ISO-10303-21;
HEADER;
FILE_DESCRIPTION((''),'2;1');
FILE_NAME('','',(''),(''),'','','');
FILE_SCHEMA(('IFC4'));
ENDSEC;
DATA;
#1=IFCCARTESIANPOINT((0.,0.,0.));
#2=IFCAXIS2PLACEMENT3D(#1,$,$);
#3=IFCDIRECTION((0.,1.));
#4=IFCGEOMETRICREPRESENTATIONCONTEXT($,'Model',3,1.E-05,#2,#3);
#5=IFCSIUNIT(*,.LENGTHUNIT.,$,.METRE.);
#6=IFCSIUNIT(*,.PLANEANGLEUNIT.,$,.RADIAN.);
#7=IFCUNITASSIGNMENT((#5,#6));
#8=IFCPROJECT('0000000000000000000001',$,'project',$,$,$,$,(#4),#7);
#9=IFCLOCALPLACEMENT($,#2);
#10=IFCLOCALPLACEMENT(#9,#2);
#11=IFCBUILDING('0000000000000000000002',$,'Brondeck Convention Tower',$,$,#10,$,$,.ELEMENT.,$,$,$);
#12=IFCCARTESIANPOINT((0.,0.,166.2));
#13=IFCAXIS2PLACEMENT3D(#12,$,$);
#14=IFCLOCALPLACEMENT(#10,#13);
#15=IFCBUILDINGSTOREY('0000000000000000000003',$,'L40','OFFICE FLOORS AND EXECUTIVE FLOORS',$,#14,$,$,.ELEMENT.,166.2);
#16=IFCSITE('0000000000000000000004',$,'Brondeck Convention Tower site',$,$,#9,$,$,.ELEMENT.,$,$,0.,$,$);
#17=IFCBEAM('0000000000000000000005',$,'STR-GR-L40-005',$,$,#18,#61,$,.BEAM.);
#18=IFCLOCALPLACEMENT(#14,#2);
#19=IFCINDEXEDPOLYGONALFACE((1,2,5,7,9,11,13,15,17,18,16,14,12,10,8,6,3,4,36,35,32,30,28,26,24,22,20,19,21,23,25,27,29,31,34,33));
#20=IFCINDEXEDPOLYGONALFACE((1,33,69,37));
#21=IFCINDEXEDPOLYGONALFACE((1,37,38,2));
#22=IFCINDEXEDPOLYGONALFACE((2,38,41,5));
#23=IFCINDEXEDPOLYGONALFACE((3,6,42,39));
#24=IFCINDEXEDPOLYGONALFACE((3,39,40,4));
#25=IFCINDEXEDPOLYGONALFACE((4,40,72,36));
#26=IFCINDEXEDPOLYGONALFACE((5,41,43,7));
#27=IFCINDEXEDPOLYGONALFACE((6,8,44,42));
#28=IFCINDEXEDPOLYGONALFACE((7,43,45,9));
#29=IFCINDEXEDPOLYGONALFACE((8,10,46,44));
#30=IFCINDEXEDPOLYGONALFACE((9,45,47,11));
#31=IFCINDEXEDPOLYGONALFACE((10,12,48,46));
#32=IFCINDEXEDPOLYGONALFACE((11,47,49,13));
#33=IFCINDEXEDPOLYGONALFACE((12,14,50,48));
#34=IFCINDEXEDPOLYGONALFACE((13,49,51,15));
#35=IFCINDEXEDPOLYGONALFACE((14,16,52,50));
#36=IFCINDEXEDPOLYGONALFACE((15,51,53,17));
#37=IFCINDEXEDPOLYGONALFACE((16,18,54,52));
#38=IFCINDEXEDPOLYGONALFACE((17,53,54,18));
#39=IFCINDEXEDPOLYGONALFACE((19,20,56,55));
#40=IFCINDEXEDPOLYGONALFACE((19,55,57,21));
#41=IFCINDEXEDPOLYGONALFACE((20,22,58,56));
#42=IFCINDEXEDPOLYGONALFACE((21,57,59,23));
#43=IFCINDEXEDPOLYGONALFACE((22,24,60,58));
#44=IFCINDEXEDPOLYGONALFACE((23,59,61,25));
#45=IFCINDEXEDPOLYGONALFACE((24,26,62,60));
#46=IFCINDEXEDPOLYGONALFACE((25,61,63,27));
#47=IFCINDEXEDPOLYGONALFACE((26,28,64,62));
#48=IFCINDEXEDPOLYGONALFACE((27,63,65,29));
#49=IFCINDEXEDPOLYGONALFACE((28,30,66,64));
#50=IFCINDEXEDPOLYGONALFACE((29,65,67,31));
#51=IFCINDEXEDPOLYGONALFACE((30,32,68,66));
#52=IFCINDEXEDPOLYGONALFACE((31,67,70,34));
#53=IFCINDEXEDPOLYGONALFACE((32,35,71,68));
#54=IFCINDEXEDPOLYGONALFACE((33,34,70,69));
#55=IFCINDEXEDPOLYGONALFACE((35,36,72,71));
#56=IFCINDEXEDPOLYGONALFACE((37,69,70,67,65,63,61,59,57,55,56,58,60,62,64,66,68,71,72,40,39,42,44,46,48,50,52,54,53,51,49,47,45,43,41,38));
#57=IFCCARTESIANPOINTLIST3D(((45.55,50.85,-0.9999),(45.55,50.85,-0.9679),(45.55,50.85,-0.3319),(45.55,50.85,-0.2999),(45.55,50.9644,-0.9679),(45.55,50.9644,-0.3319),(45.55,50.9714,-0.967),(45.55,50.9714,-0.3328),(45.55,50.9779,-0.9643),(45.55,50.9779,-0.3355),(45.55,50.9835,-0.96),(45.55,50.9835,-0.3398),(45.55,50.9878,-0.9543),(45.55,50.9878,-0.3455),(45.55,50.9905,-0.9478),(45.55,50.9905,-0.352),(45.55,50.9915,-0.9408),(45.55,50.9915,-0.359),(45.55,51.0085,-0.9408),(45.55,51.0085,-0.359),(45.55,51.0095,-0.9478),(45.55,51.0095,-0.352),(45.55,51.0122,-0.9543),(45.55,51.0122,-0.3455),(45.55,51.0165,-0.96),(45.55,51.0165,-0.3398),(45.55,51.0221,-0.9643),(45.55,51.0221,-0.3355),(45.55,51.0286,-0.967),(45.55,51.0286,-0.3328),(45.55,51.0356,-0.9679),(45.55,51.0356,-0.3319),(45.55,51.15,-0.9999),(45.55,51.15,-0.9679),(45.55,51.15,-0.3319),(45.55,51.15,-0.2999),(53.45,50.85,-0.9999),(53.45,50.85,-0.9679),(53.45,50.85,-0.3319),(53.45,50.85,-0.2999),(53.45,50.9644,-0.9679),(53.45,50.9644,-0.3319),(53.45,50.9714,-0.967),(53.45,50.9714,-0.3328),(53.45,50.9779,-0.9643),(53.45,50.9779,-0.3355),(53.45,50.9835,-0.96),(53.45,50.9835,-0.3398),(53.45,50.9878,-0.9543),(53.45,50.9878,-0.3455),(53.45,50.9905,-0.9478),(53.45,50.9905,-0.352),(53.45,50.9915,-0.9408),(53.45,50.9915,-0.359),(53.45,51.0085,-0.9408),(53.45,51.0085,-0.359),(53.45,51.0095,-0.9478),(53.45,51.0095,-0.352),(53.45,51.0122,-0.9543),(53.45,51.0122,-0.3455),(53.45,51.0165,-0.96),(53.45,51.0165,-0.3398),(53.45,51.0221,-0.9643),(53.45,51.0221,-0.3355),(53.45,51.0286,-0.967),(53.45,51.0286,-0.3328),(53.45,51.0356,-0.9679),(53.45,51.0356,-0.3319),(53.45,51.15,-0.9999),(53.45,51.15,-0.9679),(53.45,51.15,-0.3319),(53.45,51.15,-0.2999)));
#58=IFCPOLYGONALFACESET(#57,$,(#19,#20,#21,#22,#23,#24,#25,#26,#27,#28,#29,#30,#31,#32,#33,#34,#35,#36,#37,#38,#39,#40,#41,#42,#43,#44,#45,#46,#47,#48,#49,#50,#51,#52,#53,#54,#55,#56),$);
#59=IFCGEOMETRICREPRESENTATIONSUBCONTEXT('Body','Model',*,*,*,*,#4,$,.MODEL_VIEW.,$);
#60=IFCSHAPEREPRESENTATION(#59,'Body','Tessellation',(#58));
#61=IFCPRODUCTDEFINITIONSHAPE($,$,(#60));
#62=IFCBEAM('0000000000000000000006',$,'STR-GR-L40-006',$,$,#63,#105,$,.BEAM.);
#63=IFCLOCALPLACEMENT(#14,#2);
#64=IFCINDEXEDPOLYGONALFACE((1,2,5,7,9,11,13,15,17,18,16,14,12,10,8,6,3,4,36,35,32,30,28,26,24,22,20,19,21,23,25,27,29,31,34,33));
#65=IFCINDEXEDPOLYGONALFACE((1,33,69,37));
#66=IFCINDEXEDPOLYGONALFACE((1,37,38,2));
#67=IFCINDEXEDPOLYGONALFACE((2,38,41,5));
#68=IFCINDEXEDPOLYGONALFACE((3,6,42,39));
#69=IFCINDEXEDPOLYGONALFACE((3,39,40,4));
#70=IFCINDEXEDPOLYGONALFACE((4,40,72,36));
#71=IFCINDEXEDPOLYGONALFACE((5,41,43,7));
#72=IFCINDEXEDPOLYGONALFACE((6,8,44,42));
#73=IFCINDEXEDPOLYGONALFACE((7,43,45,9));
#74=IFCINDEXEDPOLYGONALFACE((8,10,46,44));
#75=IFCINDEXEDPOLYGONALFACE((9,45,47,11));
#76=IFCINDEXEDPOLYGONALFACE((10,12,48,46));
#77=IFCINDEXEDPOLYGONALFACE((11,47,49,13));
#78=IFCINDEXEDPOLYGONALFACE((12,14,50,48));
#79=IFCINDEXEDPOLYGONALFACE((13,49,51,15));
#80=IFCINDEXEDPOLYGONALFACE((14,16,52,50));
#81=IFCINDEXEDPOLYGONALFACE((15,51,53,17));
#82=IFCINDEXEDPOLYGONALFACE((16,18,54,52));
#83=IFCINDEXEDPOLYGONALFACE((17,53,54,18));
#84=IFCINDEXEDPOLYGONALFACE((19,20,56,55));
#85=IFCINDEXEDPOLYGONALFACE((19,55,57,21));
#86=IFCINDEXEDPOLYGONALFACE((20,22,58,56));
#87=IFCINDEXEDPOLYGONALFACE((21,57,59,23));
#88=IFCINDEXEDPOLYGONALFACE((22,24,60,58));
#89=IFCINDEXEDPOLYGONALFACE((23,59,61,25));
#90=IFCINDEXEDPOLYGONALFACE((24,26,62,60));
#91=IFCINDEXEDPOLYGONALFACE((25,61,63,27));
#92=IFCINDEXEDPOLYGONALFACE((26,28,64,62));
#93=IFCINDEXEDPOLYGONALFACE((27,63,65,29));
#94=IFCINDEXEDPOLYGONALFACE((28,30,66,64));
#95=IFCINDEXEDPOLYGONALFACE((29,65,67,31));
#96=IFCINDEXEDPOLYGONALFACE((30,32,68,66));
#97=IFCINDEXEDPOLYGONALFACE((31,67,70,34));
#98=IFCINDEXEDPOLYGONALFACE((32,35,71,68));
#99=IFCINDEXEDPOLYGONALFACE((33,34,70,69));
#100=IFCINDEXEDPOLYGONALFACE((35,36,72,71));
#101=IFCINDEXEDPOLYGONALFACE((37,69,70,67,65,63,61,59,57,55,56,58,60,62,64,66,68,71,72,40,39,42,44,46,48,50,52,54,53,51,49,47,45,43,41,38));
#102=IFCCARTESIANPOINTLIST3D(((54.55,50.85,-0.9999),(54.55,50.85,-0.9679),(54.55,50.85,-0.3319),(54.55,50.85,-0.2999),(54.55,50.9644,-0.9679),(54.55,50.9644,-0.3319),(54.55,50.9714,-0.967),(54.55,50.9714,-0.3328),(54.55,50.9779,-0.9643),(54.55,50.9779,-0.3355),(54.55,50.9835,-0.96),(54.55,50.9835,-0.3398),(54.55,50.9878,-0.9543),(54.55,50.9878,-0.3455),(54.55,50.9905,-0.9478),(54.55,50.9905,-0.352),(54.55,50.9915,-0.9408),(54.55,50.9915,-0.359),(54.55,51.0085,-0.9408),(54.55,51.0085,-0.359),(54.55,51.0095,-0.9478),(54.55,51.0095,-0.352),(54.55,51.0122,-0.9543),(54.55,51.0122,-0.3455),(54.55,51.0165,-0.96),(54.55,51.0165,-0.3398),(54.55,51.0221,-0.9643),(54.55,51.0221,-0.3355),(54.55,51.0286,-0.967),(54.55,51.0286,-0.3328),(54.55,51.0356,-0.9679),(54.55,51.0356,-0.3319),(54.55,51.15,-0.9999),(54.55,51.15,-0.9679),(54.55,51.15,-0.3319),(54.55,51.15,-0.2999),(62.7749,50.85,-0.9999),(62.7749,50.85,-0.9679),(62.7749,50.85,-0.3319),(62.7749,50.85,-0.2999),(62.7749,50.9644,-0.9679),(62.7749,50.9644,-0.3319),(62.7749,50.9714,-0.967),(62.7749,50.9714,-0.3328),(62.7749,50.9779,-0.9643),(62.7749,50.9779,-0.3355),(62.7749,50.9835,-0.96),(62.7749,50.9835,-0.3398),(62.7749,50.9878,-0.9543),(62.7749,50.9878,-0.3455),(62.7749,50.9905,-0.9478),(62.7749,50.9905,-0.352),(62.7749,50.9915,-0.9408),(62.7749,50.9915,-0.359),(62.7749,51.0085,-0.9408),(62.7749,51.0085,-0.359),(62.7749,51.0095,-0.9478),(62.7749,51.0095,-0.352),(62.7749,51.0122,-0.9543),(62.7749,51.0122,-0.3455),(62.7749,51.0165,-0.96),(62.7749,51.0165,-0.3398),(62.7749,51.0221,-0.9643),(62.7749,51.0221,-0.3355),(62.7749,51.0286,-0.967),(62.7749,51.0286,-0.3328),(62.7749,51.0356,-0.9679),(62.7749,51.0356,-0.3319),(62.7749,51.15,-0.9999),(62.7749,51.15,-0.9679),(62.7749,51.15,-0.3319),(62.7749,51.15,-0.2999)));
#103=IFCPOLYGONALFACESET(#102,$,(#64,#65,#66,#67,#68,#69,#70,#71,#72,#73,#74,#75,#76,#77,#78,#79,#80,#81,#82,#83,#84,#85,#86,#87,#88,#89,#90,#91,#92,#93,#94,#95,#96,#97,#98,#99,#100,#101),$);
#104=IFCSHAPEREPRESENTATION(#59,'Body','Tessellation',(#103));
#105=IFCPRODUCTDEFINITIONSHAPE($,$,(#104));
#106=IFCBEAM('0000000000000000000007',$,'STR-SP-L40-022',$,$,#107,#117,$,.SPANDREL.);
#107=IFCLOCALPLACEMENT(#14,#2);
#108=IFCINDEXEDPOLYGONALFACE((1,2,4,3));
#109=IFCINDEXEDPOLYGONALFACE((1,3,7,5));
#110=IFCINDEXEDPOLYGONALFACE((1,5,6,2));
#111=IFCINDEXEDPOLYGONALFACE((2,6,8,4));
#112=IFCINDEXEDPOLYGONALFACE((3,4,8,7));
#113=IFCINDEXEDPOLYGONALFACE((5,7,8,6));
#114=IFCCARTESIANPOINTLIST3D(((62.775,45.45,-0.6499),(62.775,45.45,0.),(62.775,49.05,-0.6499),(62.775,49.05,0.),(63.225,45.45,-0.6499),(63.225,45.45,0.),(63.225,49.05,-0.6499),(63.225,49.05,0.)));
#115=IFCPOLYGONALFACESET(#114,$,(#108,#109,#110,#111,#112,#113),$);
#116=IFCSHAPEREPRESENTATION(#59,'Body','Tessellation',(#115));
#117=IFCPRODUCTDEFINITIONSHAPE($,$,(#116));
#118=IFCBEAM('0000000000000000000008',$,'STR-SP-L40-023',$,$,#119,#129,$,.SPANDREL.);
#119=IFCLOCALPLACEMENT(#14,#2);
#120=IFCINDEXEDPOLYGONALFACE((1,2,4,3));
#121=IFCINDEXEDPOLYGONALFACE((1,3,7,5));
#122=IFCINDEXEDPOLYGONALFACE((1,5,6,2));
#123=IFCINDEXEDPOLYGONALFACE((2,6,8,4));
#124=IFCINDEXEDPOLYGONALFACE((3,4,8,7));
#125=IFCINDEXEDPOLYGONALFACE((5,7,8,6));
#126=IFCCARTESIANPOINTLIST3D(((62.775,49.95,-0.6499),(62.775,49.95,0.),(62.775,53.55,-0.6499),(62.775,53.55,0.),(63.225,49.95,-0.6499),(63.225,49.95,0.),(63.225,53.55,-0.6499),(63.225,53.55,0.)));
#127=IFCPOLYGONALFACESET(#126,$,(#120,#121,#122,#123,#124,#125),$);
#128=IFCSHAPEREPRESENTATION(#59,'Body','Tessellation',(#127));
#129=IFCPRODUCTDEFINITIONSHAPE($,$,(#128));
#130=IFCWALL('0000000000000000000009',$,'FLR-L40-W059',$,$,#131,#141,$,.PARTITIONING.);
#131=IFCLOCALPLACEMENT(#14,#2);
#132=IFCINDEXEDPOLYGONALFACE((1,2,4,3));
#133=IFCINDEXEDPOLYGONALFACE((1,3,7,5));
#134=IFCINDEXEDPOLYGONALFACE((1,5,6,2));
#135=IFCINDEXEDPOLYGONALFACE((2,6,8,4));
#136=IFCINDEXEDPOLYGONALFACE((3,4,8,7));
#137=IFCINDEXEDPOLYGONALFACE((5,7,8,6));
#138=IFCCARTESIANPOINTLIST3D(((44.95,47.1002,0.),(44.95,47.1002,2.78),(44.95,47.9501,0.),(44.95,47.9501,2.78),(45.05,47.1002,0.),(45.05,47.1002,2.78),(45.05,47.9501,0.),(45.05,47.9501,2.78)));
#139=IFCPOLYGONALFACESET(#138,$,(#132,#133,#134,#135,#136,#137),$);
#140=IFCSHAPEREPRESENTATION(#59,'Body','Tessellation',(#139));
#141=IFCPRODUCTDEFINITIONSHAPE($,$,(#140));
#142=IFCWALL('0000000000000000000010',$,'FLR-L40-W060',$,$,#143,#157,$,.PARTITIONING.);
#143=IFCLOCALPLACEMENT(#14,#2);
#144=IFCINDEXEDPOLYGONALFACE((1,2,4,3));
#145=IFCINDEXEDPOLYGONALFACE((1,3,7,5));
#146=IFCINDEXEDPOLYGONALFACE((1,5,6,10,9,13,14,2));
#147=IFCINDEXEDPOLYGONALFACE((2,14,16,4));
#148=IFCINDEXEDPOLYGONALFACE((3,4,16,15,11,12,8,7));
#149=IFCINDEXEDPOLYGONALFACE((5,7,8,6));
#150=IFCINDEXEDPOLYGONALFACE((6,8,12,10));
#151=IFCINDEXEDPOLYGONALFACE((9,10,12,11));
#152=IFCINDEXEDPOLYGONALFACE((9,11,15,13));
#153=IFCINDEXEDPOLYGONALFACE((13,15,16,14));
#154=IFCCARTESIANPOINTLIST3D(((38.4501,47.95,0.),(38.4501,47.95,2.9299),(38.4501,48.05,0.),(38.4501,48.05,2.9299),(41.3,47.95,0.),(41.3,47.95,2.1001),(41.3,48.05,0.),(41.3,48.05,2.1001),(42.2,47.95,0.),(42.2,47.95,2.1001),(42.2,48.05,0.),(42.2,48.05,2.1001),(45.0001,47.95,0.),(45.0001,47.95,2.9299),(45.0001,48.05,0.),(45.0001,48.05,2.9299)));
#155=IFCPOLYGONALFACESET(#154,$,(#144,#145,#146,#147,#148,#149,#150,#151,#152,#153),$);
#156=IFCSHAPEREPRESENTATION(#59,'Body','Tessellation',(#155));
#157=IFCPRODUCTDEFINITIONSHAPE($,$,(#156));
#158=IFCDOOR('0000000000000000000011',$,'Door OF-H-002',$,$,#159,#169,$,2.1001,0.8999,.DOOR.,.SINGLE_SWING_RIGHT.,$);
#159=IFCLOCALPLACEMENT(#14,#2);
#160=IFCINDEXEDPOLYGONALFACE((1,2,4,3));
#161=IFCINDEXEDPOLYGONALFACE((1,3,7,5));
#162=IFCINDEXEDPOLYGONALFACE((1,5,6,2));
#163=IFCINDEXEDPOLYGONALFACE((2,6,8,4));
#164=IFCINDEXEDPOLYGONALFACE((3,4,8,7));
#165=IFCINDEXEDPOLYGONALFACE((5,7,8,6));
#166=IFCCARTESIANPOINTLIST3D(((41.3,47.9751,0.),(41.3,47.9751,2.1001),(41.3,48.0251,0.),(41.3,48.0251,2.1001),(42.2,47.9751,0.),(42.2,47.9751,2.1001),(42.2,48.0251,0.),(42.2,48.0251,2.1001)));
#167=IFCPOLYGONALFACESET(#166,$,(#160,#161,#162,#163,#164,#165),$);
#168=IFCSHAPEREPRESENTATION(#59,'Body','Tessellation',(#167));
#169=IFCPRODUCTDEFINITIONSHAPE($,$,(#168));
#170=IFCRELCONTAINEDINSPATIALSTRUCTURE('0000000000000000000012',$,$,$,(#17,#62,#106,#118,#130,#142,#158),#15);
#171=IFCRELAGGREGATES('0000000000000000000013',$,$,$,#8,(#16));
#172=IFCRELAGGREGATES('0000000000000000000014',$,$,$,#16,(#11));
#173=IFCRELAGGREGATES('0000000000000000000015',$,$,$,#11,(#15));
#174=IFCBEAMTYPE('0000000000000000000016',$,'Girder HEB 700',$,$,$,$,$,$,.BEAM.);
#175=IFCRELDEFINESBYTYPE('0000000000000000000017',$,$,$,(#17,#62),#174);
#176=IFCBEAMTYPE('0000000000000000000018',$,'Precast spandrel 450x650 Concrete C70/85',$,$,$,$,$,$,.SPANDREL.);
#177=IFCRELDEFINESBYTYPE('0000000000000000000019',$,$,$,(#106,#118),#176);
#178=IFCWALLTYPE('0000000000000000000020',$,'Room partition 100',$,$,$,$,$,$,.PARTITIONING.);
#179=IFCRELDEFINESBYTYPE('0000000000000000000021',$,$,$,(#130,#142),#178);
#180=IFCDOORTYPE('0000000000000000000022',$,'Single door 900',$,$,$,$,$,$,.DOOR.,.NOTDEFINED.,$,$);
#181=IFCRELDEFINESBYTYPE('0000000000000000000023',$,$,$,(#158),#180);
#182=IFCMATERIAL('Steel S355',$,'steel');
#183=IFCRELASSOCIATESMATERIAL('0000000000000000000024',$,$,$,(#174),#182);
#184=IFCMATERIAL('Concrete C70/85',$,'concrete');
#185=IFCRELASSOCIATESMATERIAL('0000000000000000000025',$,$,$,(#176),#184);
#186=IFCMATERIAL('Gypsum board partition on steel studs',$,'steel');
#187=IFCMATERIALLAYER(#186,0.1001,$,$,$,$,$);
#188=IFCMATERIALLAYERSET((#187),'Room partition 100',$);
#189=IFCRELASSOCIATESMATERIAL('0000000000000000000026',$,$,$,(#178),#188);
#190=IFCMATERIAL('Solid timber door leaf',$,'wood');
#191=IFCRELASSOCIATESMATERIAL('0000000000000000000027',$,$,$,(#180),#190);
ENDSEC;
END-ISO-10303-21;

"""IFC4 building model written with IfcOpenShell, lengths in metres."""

from ifc_helpers import new_model, si_unit, direction, frame, frame_2d, origin, origin_2d, place, context, subcontext, project, spatial, rectangle, i_section, extrude, material, layer, layer_set, material_profile, profile_set, type_object, element, fill, save


model = new_model("IFC4")

# Units and contexts
model_context = context("Model", 3, precision=1e-05, world=origin(), true_north=direction((0.0, 1.0)))
body_context = subcontext(model_context, "Body", "Model", "MODEL_VIEW")
ifc_project = project(units=[si_unit("LENGTHUNIT", "METRE"), si_unit("PLANEANGLEUNIT", "RADIAN")], contexts=[model_context])

# Site, building, storey
site_placement = place(None, origin())
site = spatial("IfcSite", under=ifc_project, at=site_placement, Name="Brondeck Convention Tower site", CompositionType="ELEMENT", RefElevation=0.0)
building_placement = place(site_placement, origin())
building = spatial("IfcBuilding", under=site, at=building_placement, Name="Brondeck Convention Tower", CompositionType="ELEMENT")
storey_placement = place(building_placement, frame((0.0, 0.0, 166.2)))
storey = spatial("IfcBuildingStorey", under=building, at=storey_placement, Name="L40", Description="OFFICE FLOORS AND EXECUTIVE FLOORS", CompositionType="ELEMENT", Elevation=166.2)

# Shared definitions
ifc_material_1 = material(Name="Concrete C70/85", Category="concrete")

# Beams
ifc_material_2 = material(Name="Steel S355", Category="steel")
ifc_material_profile_1 = material_profile(ifc_material_2, i_section(OverallWidth=0.3, OverallDepth=0.7, WebThickness=0.0171, FlangeThickness=0.032, FilletRadius=0.0271, at=origin_2d()), Name="HEB 700")
ifc_profile_set_1 = profile_set([ifc_material_profile_1], Name="Steel S355")
beam_type_1 = type_object("IfcBeamType", Name="Girder HEB 700", PredefinedType="BEAM", material=ifc_profile_set_1)
beam_1_placement = place(storey_placement, frame((45.55, 51.0, -0.6499), z_axis=(1.0, 0.0, 0.0), x_axis=(0.0, 1.0, 0.0)))
element("IfcBeam", 1, at=beam_1_placement, inside=storey, type_object=beam_type_1, Name="STR-GR-L40-005", PredefinedType="BEAM", context=body_context, shape_type="SweptSolid", body=[
    extrude(i_section(OverallWidth=0.3, OverallDepth=0.7, WebThickness=0.0171, FlangeThickness=0.032, FilletRadius=0.0271, at=origin_2d()), origin(), (0.0, 0.0, 1.0), 7.8999),
])
beam_2_placement = place(storey_placement, frame((54.55, 51.0, -0.6499), z_axis=(1.0, 0.0, 0.0), x_axis=(0.0, 1.0, 0.0)))
element("IfcBeam", 2, at=beam_2_placement, inside=storey, type_object=beam_type_1, Name="STR-GR-L40-006", PredefinedType="BEAM", context=body_context, shape_type="SweptSolid", body=[
    extrude(i_section(OverallWidth=0.3, OverallDepth=0.7, WebThickness=0.0171, FlangeThickness=0.032, FilletRadius=0.0271, at=origin_2d()), origin(), (0.0, 0.0, 1.0), 8.2249),
])
ifc_material_profile_2 = material_profile(ifc_material_1, rectangle(XDim=0.45, YDim=0.6499, at=origin_2d()), Name="Precast spandrel 450x650 Concrete C70/85")
ifc_profile_set_2 = profile_set([ifc_material_profile_2], Name="Concrete C70/85")
beam_type_2 = type_object("IfcBeamType", Name="Precast spandrel 450x650 Concrete C70/85", PredefinedType="SPANDREL", material=ifc_profile_set_2)
for number, where, z_axis, x_axis, name in (
    (3, (63.0, 45.45, -0.325), (0.0, 1.0, 0.0), (-1.0, 0.0, 0.0), "STR-SP-L40-022"),
    (4, (63.0, 49.95, -0.325), (0.0, 1.0, 0.0), (-1.0, 0.0, 0.0), "STR-SP-L40-023"),
):
    element("IfcBeam", number, at=place(storey_placement, frame(where, z_axis=z_axis, x_axis=x_axis)), inside=storey, type_object=beam_type_2, Name=name, PredefinedType="SPANDREL", context=body_context, shape_type="SweptSolid", body=[
        extrude(rectangle(XDim=0.45, YDim=0.6499, at=origin_2d()), origin(), (0.0, 0.0, 1.0), 3.6001),
    ])

# Wall
ifc_material_3 = material(Name="Gypsum board partition on steel studs", Category="steel")
ifc_layer_1 = layer(ifc_material_3, 0.1001)
ifc_layer_set_1 = layer_set([ifc_layer_1], Name="Room partition 100")
wall_type_1 = type_object("IfcWallType", Name="Room partition 100", PredefinedType="PARTITIONING", material=ifc_layer_set_1)
wall_1_placement = place(storey_placement, frame((45.0, 47.95, 0.0), z_axis=(0.0, 0.0, 1.0), x_axis=(0.0, -1.0, 0.0)))
element("IfcWall", 5, at=wall_1_placement, inside=storey, type_object=wall_type_1, Name="FLR-L40-W059", PredefinedType="PARTITIONING", context=body_context, shape_type="SweptSolid", body=[
    extrude(rectangle(XDim=0.8499, YDim=0.1001, at=frame_2d((0.4248, 0.0))), origin(), (0.0, 0.0, 1.0), 2.78),
])

# Wall, opening, door
wall_2_placement = place(storey_placement, frame((45.0, 48.0, 0.0), z_axis=(0.0, 0.0, 1.0), x_axis=(-1.0, 0.0, 0.0)))
wall_2 = element("IfcWall", 6, at=wall_2_placement, inside=storey, type_object=wall_type_1, Name="FLR-L40-W060", PredefinedType="PARTITIONING", context=body_context, shape_type="SweptSolid", body=[
    extrude(rectangle(XDim=6.55, YDim=0.1001, at=frame_2d((3.2749, 0.0))), origin(), (0.0, 0.0, 1.0), 2.9299),
])
opening_1_placement = place(wall_2_placement, frame((2.8, 0.0, 0.0)))
opening_1 = element("IfcOpeningElement", 7, at=opening_1_placement, cuts=wall_2, PredefinedType="OPENING", context=body_context, shape_type="SweptSolid", body=[
    extrude(rectangle(XDim=0.8999, YDim=2.1001, at=frame_2d((0.45, 1.05))), frame((0.0, 0.0601, 0.0), z_axis=(0.0, -1.0, 0.0), x_axis=(1.0, 0.0, 0.0)), (0.0, 0.0, 1.0), 0.1201),
])
ifc_material_4 = material(Name="Solid timber door leaf", Category="wood")
door_type_1 = type_object("IfcDoorType", Name="Single door 900", OperationType="NOTDEFINED", PredefinedType="DOOR", material=ifc_material_4)
door_1_placement = place(opening_1_placement, origin())
door_1 = element("IfcDoor", 8, at=door_1_placement, inside=storey, type_object=door_type_1, Name="Door OF-H-002", OperationType="SINGLE_SWING_RIGHT", OverallHeight=2.1001, OverallWidth=0.8999, PredefinedType="DOOR", context=body_context, shape_type="SweptSolid", body=[
    extrude(rectangle(XDim=0.8999, YDim=2.1001, at=frame_2d((0.45, 1.05))), frame((0.0, 0.0249, 0.0), z_axis=(0.0, -1.0, 0.0), x_axis=(1.0, 0.0, 0.0)), (0.0, 0.0, 1.0), 0.05),
])
fill(opening_1, door_1)

save(model, "model.ifc")
